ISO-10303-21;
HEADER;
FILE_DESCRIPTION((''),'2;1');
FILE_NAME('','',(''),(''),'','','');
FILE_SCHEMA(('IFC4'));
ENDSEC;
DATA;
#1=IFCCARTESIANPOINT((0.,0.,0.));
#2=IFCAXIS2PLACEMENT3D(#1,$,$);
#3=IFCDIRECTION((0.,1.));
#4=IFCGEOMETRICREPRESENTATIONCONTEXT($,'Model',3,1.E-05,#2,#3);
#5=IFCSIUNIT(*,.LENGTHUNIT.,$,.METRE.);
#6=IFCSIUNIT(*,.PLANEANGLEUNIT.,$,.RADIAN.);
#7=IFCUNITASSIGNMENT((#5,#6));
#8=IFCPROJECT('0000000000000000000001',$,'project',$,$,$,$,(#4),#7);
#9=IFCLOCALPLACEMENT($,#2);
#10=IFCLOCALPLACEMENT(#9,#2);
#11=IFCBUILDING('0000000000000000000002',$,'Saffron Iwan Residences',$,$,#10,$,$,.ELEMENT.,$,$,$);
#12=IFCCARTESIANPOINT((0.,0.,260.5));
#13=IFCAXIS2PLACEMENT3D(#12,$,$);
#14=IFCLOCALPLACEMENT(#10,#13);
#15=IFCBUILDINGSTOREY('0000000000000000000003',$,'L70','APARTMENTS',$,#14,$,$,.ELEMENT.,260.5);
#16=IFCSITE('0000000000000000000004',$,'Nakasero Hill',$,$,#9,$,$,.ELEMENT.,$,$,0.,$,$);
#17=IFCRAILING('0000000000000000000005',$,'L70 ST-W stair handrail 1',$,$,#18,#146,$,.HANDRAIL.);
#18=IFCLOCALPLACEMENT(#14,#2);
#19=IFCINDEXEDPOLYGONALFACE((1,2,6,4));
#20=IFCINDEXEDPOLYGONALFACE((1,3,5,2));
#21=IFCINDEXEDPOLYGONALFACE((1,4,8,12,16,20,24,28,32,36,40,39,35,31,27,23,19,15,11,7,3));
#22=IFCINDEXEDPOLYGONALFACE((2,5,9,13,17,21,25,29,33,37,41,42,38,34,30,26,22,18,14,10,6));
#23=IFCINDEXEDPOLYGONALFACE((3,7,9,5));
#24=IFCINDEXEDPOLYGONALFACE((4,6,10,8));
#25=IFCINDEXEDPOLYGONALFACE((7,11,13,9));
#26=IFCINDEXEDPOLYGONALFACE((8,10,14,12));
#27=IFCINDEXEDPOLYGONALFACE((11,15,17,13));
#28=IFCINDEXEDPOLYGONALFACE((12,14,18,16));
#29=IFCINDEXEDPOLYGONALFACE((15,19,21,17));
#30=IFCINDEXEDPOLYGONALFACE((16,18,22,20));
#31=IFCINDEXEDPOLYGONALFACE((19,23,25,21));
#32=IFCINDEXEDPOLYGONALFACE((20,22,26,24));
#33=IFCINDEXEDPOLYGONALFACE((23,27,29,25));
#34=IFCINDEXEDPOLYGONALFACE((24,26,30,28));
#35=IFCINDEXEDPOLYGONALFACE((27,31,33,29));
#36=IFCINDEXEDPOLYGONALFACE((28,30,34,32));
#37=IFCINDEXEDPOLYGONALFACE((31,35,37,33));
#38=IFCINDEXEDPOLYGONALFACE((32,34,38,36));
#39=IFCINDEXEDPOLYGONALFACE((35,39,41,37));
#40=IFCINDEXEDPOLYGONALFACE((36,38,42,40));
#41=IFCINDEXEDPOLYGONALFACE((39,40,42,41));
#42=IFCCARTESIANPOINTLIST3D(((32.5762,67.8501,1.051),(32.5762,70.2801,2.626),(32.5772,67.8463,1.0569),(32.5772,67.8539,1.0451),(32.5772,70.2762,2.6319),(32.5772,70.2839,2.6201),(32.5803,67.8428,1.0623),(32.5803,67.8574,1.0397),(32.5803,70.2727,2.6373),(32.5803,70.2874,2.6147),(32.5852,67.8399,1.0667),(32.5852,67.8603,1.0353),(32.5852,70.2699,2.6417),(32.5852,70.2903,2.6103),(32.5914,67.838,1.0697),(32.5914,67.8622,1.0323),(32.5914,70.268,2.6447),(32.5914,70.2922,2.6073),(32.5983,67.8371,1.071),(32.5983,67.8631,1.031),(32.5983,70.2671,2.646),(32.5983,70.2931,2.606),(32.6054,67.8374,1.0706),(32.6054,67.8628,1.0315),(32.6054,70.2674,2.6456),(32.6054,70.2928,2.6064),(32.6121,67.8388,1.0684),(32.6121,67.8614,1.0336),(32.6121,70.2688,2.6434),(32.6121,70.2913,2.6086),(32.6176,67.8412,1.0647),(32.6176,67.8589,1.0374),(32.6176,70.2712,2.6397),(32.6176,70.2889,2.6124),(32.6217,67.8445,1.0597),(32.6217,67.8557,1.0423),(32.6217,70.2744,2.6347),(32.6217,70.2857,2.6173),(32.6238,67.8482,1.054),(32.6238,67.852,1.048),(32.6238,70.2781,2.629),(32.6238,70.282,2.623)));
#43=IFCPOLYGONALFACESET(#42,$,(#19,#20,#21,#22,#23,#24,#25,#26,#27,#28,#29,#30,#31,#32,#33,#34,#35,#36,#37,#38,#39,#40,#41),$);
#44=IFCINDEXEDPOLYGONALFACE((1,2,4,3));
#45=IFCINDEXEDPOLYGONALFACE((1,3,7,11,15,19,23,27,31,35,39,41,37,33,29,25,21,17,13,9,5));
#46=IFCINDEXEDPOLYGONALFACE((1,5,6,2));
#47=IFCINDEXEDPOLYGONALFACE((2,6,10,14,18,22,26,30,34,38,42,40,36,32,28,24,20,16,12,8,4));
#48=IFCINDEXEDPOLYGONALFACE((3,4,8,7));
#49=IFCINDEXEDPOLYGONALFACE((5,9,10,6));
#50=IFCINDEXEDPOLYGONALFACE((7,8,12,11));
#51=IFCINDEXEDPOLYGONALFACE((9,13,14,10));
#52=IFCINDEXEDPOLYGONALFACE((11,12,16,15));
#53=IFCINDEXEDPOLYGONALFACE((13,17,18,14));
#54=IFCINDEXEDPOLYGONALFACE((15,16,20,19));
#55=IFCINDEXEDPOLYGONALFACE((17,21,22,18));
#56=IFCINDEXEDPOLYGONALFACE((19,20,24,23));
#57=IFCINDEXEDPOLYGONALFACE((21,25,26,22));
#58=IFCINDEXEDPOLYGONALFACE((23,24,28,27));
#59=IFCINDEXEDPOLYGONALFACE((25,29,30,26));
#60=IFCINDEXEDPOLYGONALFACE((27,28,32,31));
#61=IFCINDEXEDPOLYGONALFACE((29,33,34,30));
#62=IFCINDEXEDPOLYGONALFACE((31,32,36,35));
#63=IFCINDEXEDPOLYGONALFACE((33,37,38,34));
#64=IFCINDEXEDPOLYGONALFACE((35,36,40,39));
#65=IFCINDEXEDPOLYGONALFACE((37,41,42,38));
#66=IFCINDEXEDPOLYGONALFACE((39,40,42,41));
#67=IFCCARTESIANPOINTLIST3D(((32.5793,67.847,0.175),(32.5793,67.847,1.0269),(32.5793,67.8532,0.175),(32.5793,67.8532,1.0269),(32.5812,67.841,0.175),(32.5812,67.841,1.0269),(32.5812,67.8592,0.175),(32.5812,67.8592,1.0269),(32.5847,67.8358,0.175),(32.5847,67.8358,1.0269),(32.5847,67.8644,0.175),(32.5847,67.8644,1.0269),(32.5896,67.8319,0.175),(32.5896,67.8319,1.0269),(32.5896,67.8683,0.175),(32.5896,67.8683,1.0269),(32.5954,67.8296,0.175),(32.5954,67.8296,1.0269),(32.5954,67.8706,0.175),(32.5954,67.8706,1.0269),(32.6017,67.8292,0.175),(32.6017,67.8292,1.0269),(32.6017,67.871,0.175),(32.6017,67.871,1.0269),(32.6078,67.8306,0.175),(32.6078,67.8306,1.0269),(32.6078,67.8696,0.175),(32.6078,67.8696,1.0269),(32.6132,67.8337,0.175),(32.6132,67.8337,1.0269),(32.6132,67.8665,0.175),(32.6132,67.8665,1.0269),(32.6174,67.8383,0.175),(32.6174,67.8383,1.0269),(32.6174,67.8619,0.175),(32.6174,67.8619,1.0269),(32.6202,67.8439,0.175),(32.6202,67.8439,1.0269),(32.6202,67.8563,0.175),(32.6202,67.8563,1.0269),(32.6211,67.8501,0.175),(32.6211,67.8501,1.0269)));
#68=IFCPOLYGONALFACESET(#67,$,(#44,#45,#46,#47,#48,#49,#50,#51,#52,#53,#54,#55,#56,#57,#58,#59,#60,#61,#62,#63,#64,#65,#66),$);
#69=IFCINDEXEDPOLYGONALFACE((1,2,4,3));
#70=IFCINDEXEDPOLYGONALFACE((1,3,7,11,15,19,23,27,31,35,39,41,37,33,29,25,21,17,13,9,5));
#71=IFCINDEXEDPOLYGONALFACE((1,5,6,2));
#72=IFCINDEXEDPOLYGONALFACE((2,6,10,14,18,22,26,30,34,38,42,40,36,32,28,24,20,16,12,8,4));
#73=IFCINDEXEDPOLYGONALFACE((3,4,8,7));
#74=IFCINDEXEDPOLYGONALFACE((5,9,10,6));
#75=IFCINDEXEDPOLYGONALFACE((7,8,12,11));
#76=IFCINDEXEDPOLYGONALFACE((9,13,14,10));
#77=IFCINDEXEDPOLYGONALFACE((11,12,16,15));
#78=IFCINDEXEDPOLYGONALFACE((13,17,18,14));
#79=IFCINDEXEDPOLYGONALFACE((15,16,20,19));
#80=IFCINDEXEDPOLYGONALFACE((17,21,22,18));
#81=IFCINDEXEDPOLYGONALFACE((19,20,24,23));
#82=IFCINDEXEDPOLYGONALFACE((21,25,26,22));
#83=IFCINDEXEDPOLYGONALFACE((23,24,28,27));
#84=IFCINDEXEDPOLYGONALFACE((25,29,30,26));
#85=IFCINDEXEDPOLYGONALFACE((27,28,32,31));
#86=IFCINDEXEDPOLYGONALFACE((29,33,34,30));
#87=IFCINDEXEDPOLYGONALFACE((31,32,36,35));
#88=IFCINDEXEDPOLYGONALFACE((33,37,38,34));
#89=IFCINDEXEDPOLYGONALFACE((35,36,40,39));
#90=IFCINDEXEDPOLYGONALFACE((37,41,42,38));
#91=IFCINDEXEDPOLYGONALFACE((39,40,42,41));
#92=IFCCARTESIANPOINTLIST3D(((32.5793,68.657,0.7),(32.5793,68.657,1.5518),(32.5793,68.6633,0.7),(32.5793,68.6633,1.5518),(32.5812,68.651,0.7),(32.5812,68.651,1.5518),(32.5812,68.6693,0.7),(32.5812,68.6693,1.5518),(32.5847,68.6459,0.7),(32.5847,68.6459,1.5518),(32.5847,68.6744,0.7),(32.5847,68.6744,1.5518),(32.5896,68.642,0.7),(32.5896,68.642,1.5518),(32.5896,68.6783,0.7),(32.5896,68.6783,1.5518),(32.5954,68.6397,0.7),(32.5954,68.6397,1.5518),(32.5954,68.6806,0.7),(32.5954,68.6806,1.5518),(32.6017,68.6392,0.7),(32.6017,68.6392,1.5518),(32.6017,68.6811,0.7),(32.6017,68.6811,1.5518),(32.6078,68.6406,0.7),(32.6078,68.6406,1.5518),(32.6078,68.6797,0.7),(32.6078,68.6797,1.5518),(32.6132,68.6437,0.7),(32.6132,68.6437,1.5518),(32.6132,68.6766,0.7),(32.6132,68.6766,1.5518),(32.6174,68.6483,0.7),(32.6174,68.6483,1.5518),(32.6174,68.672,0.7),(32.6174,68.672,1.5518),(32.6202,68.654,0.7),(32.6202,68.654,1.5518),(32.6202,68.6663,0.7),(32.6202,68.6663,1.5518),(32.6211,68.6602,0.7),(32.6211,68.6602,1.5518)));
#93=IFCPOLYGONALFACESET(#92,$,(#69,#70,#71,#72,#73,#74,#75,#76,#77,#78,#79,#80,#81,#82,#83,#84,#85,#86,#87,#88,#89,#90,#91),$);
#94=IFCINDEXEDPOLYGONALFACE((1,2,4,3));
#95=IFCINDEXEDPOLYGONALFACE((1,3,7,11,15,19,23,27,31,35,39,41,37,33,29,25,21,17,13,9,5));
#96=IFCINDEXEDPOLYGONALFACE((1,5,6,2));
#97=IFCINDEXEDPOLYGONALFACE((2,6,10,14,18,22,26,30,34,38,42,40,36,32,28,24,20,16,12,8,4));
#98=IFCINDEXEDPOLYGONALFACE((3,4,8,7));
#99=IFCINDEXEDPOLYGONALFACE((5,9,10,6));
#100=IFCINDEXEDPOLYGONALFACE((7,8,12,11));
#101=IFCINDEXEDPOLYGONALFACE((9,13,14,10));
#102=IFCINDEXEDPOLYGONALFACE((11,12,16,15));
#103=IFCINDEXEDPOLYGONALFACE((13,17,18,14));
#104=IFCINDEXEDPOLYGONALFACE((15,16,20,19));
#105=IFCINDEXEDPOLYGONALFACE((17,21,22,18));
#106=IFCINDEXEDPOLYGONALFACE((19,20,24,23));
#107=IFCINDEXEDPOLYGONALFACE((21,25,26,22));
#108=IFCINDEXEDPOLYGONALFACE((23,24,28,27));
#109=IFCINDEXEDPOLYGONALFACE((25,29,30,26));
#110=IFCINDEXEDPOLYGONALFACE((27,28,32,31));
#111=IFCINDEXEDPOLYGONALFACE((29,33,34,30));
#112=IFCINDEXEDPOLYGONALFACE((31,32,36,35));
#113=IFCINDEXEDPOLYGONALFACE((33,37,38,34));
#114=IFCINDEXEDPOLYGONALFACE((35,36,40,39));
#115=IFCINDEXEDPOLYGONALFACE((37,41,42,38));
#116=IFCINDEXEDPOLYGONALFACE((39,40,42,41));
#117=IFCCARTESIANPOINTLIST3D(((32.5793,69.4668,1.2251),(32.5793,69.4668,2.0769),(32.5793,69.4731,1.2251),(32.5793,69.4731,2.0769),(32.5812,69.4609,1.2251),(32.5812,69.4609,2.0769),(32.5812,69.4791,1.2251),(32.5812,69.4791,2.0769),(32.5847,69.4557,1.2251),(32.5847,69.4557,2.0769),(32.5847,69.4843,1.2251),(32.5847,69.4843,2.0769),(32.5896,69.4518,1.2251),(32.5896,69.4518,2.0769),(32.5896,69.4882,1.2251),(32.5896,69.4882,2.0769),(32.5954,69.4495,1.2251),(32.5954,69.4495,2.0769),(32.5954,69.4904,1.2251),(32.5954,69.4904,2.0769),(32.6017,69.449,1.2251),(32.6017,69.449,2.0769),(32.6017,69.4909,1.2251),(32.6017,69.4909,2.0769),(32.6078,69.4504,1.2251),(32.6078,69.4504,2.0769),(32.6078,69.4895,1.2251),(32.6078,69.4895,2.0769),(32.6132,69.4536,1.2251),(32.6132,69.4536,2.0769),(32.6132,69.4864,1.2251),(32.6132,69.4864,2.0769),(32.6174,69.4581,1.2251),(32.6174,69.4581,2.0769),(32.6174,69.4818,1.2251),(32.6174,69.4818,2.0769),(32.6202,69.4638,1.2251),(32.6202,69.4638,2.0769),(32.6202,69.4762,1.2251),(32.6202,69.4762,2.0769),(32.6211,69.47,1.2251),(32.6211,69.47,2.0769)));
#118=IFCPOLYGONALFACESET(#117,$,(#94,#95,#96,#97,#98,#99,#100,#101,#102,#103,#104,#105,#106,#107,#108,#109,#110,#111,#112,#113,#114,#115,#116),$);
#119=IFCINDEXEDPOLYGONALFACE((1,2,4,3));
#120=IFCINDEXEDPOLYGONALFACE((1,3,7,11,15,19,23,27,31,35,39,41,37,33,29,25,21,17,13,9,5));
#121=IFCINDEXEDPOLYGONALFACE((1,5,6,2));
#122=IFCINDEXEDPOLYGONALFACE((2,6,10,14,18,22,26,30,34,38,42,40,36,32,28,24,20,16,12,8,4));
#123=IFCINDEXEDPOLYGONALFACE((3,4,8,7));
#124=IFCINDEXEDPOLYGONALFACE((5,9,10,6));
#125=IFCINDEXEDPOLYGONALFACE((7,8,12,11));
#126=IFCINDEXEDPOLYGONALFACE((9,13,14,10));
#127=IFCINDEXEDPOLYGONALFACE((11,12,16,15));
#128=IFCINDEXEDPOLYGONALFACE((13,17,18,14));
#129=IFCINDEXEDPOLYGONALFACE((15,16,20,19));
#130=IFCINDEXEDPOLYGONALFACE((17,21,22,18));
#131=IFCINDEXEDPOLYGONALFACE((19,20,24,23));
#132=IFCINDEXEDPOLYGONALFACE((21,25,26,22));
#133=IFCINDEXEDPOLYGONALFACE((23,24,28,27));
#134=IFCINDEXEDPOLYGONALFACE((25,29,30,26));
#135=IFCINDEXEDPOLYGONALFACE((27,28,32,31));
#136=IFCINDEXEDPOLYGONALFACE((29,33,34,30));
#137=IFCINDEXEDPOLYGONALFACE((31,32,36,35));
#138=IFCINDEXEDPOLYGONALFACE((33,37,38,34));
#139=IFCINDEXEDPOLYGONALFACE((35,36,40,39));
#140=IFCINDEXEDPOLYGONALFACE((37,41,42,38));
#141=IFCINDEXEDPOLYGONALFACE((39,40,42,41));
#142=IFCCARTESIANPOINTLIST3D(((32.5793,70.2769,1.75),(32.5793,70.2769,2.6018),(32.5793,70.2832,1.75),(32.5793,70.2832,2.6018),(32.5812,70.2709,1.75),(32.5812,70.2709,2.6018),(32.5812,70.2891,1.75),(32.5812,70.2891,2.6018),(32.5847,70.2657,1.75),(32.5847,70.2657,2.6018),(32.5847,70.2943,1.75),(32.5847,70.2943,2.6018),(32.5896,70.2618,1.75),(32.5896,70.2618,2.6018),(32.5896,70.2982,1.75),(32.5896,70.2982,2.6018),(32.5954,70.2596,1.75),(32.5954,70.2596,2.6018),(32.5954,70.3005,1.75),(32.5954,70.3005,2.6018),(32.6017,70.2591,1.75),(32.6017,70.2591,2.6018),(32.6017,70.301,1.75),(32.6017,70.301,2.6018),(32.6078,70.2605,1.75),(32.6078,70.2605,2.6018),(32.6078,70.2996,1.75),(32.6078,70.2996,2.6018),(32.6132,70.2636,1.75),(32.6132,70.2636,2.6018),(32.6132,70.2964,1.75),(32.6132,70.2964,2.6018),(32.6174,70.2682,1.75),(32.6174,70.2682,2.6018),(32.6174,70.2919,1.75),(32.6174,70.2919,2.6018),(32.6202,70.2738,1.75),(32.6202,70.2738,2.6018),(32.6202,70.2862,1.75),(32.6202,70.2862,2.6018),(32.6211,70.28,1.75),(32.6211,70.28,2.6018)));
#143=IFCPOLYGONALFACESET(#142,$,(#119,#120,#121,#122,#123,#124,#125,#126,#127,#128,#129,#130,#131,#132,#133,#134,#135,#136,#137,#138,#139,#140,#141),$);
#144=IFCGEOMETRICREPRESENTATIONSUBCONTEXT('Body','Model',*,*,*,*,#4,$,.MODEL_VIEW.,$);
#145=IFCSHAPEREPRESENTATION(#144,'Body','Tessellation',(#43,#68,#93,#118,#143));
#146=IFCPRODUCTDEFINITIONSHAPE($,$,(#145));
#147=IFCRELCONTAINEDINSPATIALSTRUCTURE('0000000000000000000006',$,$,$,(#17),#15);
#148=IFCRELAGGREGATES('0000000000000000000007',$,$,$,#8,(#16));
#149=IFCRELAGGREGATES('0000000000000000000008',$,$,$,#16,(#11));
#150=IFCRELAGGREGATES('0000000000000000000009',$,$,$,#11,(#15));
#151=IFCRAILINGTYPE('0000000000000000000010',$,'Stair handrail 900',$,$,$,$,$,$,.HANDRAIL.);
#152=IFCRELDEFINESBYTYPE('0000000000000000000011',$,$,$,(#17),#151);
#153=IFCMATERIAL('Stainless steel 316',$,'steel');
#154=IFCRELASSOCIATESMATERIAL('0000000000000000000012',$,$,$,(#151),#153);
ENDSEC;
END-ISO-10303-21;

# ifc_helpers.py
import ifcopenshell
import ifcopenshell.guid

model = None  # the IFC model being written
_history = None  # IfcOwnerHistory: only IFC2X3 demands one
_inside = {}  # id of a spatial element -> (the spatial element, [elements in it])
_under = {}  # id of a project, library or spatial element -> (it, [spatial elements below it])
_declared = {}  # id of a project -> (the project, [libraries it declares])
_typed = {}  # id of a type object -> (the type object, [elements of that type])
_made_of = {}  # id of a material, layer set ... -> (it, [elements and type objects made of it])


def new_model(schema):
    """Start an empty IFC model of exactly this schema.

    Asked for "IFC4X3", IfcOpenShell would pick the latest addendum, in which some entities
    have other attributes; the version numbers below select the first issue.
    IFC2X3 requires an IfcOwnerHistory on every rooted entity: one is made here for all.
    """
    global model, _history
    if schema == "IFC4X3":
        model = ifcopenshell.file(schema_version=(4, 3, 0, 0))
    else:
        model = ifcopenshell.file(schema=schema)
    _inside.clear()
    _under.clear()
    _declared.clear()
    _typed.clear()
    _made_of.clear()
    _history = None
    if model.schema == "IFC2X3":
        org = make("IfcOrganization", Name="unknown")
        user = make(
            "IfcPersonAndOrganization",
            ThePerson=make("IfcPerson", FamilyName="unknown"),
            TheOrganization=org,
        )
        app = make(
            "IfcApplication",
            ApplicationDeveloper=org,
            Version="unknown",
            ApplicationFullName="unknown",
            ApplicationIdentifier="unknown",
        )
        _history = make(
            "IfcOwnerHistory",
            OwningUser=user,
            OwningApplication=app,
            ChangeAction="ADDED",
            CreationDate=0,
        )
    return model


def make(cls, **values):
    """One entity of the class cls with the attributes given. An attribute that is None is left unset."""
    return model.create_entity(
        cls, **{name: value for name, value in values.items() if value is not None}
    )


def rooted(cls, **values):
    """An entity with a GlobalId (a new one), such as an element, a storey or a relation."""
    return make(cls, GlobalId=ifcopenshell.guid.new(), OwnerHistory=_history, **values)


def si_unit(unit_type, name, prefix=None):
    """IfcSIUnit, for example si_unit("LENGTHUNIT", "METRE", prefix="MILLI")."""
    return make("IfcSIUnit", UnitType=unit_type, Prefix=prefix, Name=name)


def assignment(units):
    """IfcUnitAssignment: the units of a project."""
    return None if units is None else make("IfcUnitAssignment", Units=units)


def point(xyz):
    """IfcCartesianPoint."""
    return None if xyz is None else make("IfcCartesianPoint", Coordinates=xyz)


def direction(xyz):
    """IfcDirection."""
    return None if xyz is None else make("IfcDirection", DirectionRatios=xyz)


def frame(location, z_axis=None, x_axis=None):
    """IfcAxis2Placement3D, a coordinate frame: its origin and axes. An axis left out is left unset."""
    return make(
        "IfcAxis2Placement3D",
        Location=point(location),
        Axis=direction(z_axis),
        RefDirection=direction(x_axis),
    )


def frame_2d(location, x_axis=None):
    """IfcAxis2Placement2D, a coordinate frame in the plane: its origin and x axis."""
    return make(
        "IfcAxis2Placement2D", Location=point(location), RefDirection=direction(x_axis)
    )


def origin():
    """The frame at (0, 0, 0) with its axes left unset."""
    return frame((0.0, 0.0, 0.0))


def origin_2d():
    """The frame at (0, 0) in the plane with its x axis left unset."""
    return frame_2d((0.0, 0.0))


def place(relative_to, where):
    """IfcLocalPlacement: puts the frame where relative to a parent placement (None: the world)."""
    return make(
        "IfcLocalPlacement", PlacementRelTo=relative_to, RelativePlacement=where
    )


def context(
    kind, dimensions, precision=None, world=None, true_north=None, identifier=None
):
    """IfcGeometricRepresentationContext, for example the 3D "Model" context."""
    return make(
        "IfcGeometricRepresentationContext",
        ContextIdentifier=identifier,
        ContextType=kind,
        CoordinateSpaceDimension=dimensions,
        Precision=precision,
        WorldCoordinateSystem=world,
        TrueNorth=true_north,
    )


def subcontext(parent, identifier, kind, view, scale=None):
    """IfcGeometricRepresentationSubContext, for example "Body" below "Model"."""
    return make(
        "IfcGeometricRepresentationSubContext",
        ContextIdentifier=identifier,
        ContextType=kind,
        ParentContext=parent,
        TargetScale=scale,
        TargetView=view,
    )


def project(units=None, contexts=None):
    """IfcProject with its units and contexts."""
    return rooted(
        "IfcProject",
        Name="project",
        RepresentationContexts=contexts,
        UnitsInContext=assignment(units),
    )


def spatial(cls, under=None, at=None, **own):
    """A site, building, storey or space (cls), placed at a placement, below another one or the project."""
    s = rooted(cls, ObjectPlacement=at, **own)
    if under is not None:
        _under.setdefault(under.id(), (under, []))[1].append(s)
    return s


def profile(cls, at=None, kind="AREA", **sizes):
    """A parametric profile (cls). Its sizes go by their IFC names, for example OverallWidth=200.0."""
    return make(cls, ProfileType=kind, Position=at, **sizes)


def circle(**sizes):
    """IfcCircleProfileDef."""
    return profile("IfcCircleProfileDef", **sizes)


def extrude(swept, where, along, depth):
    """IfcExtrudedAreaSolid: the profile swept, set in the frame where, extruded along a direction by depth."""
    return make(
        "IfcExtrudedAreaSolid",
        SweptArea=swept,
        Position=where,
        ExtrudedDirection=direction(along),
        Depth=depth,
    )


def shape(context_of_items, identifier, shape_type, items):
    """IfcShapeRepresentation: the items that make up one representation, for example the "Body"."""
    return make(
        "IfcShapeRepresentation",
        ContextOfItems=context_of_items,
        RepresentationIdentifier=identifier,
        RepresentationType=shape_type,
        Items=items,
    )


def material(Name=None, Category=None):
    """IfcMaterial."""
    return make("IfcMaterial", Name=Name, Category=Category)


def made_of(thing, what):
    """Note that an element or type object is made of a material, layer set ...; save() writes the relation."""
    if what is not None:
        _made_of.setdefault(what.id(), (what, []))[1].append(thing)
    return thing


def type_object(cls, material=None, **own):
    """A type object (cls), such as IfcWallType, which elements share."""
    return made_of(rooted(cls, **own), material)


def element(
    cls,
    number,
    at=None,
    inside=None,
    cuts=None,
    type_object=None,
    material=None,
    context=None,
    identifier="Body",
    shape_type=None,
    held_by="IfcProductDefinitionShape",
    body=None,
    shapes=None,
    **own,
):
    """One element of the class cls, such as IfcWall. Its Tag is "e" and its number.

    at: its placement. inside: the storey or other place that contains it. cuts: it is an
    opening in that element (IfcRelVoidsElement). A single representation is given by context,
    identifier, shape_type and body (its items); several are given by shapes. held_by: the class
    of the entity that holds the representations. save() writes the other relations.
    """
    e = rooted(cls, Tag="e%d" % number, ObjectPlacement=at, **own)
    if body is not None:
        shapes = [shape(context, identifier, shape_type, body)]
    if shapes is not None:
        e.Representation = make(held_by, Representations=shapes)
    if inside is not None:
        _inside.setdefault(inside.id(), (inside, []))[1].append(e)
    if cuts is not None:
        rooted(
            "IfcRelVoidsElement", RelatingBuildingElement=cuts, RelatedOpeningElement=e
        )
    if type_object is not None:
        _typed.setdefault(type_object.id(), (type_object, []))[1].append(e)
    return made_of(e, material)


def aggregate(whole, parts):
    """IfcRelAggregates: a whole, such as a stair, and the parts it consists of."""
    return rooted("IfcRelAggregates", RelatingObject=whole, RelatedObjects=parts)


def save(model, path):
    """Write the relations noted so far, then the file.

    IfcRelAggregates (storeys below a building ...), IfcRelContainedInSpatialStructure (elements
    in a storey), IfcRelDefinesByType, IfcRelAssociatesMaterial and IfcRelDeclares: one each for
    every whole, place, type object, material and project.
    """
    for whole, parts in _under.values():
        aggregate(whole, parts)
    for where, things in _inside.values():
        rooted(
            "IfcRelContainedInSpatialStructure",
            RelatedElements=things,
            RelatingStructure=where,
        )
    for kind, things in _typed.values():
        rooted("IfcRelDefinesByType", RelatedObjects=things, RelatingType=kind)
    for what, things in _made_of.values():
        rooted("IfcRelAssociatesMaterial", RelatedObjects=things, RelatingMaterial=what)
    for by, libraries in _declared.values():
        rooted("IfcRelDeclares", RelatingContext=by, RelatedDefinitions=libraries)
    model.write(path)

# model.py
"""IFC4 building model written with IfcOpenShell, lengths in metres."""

from ifc_helpers import new_model, si_unit, direction, frame, origin, origin_2d, place, context, subcontext, project, spatial, circle, extrude, material, type_object, element, save


model = new_model("IFC4")

# Units and contexts
model_context = context("Model", 3, precision=1e-05, world=origin(), true_north=direction((0.0, 1.0)))
body_context = subcontext(model_context, "Body", "Model", "MODEL_VIEW")
ifc_project = project(units=[si_unit("LENGTHUNIT", "METRE"), si_unit("PLANEANGLEUNIT", "RADIAN")], contexts=[model_context])

# Site, building, storey
site_placement = place(None, origin())
site = spatial("IfcSite", under=ifc_project, at=site_placement, Name="Nakasero Hill", CompositionType="ELEMENT", RefElevation=0.0)
building_placement = place(site_placement, origin())
building = spatial("IfcBuilding", under=site, at=building_placement, Name="Saffron Iwan Residences", CompositionType="ELEMENT")
storey_placement = place(building_placement, frame((0.0, 0.0, 260.5)))
storey = spatial("IfcBuildingStorey", under=building, at=storey_placement, Name="L70", Description="APARTMENTS", CompositionType="ELEMENT", Elevation=260.5)

# Railing
ifc_material_1 = material(Name="Stainless steel 316", Category="steel")
railing_type_1 = type_object("IfcRailingType", Name="Stair handrail 900", PredefinedType="HANDRAIL", material=ifc_material_1)
railing_1_placement = place(storey_placement, frame((32.6001, 67.8501, 0.175)))
element("IfcRailing", 1, at=railing_1_placement, inside=storey, type_object=railing_type_1, Name="L70 ST-W stair handrail 1", PredefinedType="HANDRAIL", context=body_context, shape_type="SweptSolid", body=[
    extrude(circle(Radius=0.0239, at=origin_2d()), frame((0.0, 0.0, 0.876), z_axis=(0.0, 0.839154, 0.543894), x_axis=(-1.0, 0.0, 0.0)), (0.0, 0.0, 1.0), 2.8958),
    extrude(circle(Radius=0.021, at=origin_2d()), origin(), (0.0, 0.0, 1.0), 0.8518),
    extrude(circle(Radius=0.021, at=origin_2d()), frame((0.0, 0.8101, 0.5249)), (0.0, 0.0, 1.0), 0.8518),
    extrude(circle(Radius=0.021, at=origin_2d()), frame((0.0, 1.6199, 1.05)), (0.0, 0.0, 1.0), 0.8518),
    extrude(circle(Radius=0.021, at=origin_2d()), frame((0.0, 2.4299, 1.575)), (0.0, 0.0, 1.0), 0.8518),
])

save(model, "model.ifc")
